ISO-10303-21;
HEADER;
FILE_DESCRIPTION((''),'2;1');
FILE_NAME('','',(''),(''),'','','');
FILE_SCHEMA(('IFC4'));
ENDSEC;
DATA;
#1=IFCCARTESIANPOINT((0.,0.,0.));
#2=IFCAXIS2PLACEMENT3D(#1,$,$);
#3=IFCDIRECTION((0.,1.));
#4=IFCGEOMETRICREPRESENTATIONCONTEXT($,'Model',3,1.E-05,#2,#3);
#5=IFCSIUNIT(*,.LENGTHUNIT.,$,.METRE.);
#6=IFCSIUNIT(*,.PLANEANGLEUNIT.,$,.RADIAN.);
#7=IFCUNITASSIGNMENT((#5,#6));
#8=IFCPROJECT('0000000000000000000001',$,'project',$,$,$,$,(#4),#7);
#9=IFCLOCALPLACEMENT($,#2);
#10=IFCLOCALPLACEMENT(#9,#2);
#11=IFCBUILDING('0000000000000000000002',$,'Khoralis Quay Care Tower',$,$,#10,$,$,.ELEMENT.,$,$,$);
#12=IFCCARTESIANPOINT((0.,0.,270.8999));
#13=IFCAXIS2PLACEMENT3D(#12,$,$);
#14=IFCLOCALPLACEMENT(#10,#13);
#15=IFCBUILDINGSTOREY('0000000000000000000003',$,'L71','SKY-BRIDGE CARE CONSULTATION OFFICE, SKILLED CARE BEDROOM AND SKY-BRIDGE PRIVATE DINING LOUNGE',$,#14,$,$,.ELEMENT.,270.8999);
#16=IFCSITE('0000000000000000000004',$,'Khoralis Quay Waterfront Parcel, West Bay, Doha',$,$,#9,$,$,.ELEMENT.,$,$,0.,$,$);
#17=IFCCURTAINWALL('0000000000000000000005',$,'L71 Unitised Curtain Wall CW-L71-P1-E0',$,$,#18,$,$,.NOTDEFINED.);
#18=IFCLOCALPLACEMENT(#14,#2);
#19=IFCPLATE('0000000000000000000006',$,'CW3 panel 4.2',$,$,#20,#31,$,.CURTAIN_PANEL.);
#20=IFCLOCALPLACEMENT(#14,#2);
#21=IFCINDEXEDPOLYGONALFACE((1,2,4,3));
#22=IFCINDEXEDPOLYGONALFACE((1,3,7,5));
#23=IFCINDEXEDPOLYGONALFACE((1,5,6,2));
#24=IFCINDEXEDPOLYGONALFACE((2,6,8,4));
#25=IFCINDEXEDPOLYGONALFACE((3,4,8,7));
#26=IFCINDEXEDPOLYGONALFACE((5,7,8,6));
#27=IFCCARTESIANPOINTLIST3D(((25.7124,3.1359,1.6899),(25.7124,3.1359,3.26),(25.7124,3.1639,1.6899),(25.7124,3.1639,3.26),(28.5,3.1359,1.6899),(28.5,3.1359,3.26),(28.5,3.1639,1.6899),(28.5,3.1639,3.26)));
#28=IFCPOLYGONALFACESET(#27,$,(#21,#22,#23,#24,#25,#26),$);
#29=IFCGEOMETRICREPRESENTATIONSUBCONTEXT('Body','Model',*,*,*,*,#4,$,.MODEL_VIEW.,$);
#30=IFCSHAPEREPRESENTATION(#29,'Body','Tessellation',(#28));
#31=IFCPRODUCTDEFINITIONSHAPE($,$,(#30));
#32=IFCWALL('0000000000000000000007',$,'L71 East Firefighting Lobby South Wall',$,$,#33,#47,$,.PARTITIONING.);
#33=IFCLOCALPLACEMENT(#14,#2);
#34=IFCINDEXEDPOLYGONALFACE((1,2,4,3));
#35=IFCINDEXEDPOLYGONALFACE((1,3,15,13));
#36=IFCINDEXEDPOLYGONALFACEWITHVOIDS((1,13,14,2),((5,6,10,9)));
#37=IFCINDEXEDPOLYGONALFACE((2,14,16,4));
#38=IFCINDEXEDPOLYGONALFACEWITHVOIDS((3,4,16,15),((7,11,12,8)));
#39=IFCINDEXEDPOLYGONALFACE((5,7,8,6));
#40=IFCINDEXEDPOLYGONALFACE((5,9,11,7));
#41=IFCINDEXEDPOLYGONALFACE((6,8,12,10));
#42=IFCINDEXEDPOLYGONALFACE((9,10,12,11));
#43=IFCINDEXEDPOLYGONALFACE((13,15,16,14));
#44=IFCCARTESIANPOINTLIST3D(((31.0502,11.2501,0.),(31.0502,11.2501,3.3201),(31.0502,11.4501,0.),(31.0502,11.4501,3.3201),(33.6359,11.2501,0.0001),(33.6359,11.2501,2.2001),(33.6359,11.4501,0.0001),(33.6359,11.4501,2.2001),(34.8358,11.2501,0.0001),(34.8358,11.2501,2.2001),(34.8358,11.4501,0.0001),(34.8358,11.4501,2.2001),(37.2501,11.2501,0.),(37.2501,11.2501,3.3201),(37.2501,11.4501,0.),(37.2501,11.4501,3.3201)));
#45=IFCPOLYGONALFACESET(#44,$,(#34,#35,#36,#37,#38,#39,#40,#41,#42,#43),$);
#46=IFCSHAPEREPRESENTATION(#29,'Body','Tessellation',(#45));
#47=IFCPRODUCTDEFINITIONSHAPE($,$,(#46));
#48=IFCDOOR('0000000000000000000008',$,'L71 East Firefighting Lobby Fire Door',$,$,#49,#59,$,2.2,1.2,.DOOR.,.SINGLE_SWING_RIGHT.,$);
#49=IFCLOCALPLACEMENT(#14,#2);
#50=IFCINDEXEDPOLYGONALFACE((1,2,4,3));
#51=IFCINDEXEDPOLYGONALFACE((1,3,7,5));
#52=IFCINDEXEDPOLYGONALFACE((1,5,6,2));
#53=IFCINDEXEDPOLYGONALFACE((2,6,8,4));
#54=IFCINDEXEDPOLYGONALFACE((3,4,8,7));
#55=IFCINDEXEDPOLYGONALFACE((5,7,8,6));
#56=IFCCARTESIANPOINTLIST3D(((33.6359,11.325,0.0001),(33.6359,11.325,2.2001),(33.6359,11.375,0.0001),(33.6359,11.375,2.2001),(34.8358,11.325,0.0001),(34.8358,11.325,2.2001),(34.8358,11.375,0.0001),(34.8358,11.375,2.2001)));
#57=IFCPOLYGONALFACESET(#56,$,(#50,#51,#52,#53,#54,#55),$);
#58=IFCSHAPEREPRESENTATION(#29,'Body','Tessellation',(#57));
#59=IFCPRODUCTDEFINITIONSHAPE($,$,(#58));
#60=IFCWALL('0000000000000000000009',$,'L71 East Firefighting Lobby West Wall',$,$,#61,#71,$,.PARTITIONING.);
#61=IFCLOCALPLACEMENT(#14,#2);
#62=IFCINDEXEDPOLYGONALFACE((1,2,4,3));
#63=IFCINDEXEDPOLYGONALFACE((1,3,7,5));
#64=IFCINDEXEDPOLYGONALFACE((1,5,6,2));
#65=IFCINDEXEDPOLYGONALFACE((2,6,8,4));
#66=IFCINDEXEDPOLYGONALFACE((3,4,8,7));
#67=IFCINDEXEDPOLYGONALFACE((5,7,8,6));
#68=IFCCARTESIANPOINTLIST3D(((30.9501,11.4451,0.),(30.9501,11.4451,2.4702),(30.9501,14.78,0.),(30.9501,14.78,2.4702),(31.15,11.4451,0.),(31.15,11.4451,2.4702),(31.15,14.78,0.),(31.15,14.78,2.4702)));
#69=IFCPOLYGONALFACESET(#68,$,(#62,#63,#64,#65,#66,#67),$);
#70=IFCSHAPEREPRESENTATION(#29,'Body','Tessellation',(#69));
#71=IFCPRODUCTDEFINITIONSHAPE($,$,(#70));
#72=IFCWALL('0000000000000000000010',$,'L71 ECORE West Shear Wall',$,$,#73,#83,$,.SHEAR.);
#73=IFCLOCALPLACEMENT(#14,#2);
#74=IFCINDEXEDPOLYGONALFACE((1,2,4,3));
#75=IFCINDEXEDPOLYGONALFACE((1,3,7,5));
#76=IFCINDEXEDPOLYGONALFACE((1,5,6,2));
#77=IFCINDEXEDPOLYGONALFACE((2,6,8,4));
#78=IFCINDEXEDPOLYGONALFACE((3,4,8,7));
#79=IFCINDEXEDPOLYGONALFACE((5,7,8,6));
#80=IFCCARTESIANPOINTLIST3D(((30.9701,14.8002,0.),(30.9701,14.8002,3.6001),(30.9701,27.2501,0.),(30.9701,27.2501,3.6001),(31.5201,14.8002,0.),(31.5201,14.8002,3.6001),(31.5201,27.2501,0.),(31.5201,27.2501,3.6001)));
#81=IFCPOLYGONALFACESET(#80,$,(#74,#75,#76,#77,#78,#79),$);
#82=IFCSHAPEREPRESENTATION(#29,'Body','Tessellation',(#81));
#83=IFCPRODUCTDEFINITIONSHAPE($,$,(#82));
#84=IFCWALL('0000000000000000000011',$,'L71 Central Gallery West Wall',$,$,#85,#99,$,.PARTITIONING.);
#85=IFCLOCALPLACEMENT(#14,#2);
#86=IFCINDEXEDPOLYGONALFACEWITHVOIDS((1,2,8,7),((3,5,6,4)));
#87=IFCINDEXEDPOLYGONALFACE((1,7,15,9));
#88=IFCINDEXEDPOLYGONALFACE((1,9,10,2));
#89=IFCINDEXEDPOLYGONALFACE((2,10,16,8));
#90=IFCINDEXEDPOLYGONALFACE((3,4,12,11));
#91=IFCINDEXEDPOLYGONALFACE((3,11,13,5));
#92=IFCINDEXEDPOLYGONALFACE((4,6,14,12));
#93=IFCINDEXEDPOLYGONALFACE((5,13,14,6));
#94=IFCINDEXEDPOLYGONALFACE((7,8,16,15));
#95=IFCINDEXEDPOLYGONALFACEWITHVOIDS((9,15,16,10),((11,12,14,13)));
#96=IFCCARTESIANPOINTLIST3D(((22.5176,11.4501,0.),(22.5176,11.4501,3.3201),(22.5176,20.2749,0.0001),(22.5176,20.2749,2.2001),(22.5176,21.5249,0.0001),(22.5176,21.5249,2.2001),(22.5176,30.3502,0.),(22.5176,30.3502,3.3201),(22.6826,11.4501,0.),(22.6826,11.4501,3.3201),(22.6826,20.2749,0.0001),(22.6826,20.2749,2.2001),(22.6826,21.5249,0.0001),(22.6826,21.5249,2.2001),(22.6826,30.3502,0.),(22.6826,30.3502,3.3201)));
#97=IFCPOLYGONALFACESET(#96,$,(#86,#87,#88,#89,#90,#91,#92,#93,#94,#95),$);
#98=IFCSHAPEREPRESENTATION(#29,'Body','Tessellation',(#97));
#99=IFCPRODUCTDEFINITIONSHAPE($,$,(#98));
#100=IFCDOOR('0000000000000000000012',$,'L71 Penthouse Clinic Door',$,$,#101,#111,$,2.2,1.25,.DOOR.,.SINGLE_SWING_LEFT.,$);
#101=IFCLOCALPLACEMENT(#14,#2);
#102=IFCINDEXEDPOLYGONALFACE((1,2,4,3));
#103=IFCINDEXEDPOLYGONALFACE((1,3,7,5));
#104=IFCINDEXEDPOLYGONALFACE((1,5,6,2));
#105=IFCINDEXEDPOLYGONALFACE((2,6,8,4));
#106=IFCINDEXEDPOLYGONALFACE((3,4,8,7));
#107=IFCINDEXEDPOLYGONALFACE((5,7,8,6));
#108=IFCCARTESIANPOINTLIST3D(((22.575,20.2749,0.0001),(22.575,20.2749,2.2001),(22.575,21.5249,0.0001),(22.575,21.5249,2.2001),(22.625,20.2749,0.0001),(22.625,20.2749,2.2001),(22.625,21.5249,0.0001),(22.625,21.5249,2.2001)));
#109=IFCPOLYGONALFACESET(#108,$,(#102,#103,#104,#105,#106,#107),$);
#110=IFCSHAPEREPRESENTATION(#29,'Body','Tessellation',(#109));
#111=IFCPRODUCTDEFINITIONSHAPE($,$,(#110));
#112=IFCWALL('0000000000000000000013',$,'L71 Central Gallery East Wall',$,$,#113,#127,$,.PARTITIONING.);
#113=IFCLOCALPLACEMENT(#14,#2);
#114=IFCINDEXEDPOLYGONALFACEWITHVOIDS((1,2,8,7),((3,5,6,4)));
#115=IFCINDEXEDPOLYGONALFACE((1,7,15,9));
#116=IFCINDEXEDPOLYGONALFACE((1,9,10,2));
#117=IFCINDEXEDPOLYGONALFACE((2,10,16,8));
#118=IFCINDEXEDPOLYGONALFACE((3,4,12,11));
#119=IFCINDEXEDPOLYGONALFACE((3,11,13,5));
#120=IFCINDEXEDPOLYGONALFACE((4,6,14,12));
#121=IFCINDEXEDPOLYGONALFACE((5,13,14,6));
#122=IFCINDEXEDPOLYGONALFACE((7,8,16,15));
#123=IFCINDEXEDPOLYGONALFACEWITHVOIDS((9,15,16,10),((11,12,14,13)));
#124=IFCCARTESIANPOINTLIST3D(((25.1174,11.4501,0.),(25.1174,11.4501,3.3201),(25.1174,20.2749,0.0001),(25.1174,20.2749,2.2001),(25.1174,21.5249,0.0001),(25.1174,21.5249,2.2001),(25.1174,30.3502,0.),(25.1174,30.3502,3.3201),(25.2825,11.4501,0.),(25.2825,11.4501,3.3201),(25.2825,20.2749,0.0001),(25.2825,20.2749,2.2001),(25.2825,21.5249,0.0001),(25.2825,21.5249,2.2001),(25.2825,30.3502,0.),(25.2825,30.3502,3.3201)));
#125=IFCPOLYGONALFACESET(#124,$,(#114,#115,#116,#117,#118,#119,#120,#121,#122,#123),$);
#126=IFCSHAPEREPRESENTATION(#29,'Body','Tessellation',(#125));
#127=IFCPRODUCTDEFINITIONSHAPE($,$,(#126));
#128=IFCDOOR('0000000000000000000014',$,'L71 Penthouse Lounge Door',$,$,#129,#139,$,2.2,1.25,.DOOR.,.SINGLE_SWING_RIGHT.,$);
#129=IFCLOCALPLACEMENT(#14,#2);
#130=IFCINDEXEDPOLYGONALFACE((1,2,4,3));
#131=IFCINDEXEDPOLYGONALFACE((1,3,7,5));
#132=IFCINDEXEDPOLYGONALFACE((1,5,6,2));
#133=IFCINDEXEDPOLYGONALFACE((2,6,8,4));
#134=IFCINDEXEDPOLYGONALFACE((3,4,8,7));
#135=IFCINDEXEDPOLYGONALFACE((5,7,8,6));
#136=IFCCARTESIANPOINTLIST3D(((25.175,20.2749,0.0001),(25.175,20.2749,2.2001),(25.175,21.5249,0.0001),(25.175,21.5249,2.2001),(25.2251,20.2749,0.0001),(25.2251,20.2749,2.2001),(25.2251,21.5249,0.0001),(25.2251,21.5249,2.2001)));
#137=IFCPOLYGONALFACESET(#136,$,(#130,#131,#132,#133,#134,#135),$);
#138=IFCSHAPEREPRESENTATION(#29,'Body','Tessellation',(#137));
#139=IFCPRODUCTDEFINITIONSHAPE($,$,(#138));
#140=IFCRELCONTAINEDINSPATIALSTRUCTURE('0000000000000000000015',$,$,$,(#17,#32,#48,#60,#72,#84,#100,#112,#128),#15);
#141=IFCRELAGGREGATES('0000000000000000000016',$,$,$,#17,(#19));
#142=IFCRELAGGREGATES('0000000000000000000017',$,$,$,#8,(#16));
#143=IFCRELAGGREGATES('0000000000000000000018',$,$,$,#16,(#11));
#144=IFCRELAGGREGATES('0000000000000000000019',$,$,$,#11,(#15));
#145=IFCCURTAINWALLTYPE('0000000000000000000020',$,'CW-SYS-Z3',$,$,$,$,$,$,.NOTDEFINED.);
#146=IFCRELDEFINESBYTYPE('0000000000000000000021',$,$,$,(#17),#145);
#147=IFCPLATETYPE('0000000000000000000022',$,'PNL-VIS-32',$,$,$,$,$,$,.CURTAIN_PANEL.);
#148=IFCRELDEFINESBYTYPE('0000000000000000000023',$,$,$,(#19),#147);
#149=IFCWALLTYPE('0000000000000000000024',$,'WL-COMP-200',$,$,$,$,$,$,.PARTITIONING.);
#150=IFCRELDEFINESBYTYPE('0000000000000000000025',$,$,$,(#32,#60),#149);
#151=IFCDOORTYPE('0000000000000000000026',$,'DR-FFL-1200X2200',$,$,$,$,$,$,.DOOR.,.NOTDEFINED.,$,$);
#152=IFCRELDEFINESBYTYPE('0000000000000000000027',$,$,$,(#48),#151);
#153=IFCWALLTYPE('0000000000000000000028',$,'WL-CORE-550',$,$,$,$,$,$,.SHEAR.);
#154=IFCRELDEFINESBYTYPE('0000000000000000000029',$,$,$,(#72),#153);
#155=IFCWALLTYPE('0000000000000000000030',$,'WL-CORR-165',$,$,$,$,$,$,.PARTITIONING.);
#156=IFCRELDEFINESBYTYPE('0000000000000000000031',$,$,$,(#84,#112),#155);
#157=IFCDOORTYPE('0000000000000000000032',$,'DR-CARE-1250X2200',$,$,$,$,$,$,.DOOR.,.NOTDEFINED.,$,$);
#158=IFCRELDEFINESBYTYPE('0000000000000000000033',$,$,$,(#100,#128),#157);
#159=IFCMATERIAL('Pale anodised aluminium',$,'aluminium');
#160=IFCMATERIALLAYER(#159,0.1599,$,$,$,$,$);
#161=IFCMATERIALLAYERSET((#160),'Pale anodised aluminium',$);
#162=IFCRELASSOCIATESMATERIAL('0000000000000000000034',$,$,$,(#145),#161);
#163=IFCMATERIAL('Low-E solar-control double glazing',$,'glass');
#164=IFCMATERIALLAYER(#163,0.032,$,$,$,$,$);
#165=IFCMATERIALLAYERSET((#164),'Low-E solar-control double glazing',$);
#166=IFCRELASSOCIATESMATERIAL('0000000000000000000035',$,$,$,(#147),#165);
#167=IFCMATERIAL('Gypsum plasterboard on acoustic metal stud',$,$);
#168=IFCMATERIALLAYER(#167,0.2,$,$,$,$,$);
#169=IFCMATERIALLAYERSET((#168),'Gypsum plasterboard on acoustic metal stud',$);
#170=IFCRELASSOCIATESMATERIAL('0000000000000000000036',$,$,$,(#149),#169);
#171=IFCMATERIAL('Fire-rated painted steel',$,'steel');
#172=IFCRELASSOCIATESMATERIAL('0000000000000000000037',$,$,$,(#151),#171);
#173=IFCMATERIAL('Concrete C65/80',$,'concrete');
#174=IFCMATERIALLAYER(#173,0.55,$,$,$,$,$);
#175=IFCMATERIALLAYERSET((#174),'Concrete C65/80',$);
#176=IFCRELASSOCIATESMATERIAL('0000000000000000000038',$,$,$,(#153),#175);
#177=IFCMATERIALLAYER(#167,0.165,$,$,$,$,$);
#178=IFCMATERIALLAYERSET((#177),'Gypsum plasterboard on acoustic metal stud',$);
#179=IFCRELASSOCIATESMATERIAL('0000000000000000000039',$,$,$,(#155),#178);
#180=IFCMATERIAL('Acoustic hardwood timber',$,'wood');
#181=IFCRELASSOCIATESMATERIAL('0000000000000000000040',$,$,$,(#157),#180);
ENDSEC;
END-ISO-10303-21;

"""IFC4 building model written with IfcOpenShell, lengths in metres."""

from ifc_helpers import new_model, si_unit, direction, frame, frame_2d, origin, origin_2d, place, context, subcontext, project, spatial, rectangle, extrude, source, transform, mapped, material, layer, layer_set, type_object, element, fill, aggregate, save


model = new_model("IFC4")

# Units and contexts
model_context = context("Model", 3, precision=1e-05, world=origin(), true_north=direction((0.0, 1.0)))
body_context = subcontext(model_context, "Body", "Model", "MODEL_VIEW")
ifc_project = project(units=[si_unit("LENGTHUNIT", "METRE"), si_unit("PLANEANGLEUNIT", "RADIAN")], contexts=[model_context])

# Site, building, storey
site_placement = place(None, origin())
site = spatial("IfcSite", under=ifc_project, at=site_placement, Name="Khoralis Quay Waterfront Parcel, West Bay, Doha", CompositionType="ELEMENT", RefElevation=0.0)
building_placement = place(site_placement, origin())
building = spatial("IfcBuilding", under=site, at=building_placement, Name="Khoralis Quay Care Tower", CompositionType="ELEMENT")
storey_placement = place(building_placement, frame((0.0, 0.0, 270.8999)))
storey = spatial("IfcBuildingStorey", under=building, at=storey_placement, Name="L71", Description="SKY-BRIDGE CARE CONSULTATION OFFICE, SKILLED CARE BEDROOM AND SKY-BRIDGE PRIVATE DINING LOUNGE", CompositionType="ELEMENT", Elevation=270.8999)

# Curtain wall
ifc_material_1 = material(Name="Pale anodised aluminium", Category="aluminium")
ifc_layer_1 = layer(ifc_material_1, 0.1599)
ifc_layer_set_1 = layer_set([ifc_layer_1], Name="Pale anodised aluminium")
curtain_wall_type = type_object("IfcCurtainWallType", Name="CW-SYS-Z3", PredefinedType="NOTDEFINED", material=ifc_layer_set_1)
curtain_wall_placement = place(storey_placement, origin())
curtain_wall = element("IfcCurtainWall", 1, at=curtain_wall_placement, inside=storey, type_object=curtain_wall_type, Name="L71 Unitised Curtain Wall CW-L71-P1-E0", PredefinedType="NOTDEFINED")

# Plate
ifc_material_2 = material(Name="Low-E solar-control double glazing", Category="glass")
ifc_layer_2 = layer(ifc_material_2, 0.032)
ifc_layer_set_2 = layer_set([ifc_layer_2], Name="Low-E solar-control double glazing")
plate_type = type_object("IfcPlateType", Name="PNL-VIS-32", PredefinedType="CURTAIN_PANEL", material=ifc_layer_set_2)
shared_shape_1 = source(origin(), body_context, "Body", "SweptSolid", [
    extrude(rectangle(XDim=2.7876, YDim=0.0281, at=origin_2d()), origin(), (0.0, 0.0, 1.0), 1.5701),
])
plate_1_placement = place(storey_placement, frame((27.1062, 3.1499, 1.6899), z_axis=(0.0, 0.0, 1.0), x_axis=(1.0, 0.0, 0.0)))
plate_1 = element("IfcPlate", 2, at=plate_1_placement, type_object=plate_type, Name="CW3 panel 4.2", PredefinedType="CURTAIN_PANEL", context=body_context, shape_type="MappedRepresentation", body=[
    mapped(shared_shape_1, transform((0.0, 0.0, 0.0), scale=1.0)),
])
aggregate(curtain_wall, [plate_1])

# Wall, opening, door
ifc_material_3 = material(Name="Gypsum plasterboard on acoustic metal stud")
ifc_layer_3 = layer(ifc_material_3, 0.2)
ifc_layer_set_3 = layer_set([ifc_layer_3], Name="Gypsum plasterboard on acoustic metal stud")
wall_type_1 = type_object("IfcWallType", Name="WL-COMP-200", PredefinedType="PARTITIONING", material=ifc_layer_set_3)
wall_1_placement = place(storey_placement, frame((31.05, 11.3501, 0.0), z_axis=(0.0, 0.0, 1.0), x_axis=(1.0, 0.0, 0.0)))
wall_1 = element("IfcWall", 3, at=wall_1_placement, inside=storey, type_object=wall_type_1, Name="L71 East Firefighting Lobby South Wall", PredefinedType="PARTITIONING", context=body_context, shape_type="SweptSolid", body=[
    extrude(rectangle(XDim=6.2, YDim=0.2, at=frame_2d((3.1001, 0.0))), origin(), (0.0, 0.0, 1.0), 3.3201),
])
opening_1_placement = place(wall_1_placement, frame((2.5857, 0.0, 0.0)))
opening_1 = element("IfcOpeningElement", 4, at=opening_1_placement, cuts=wall_1, PredefinedType="OPENING", context=body_context, shape_type="SweptSolid", body=[
    extrude(rectangle(XDim=1.2, YDim=2.2, at=frame_2d((0.6001, 1.1001))), frame((0.0, 0.1099, 0.0), z_axis=(0.0, -1.0, 0.0), x_axis=(1.0, 0.0, 0.0)), (0.0, 0.0, 1.0), 0.22),
])
ifc_material_4 = material(Name="Fire-rated painted steel", Category="steel")
door_type_1 = type_object("IfcDoorType", Name="DR-FFL-1200X2200", OperationType="NOTDEFINED", PredefinedType="DOOR", material=ifc_material_4)
shared_shape_2 = source(origin(), body_context, "Body", "SweptSolid", [
    extrude(rectangle(XDim=1.2, YDim=2.2, at=frame_2d((0.6001, 1.1001))), frame((0.0, 0.0249, 0.0), z_axis=(0.0, -1.0, 0.0), x_axis=(1.0, 0.0, 0.0)), (0.0, 0.0, 1.0), 0.05),
])
door_1_placement = place(opening_1_placement, origin())
door_1 = element("IfcDoor", 5, at=door_1_placement, inside=storey, type_object=door_type_1, Name="L71 East Firefighting Lobby Fire Door", OperationType="SINGLE_SWING_RIGHT", OverallHeight=2.2, OverallWidth=1.2, PredefinedType="DOOR", context=body_context, shape_type="MappedRepresentation", body=[
    mapped(shared_shape_2, transform((0.0, 0.0, 0.0), scale=1.0)),
])
fill(opening_1, door_1)

# Walls
wall_2_placement = place(storey_placement, frame((31.05, 11.4451, 0.0), z_axis=(0.0, 0.0, 1.0), x_axis=(0.0, 1.0, 0.0)))
element("IfcWall", 6, at=wall_2_placement, inside=storey, type_object=wall_type_1, Name="L71 East Firefighting Lobby West Wall", PredefinedType="PARTITIONING", context=body_context, shape_type="SweptSolid", body=[
    extrude(rectangle(XDim=3.335, YDim=0.2, at=frame_2d((1.6675, 0.0))), origin(), (0.0, 0.0, 1.0), 2.4702),
])
ifc_material_5 = material(Name="Concrete C65/80", Category="concrete")
ifc_layer_4 = layer(ifc_material_5, 0.55)
ifc_layer_set_4 = layer_set([ifc_layer_4], Name="Concrete C65/80")
wall_type_2 = type_object("IfcWallType", Name="WL-CORE-550", PredefinedType="SHEAR", material=ifc_layer_set_4)
wall_3_placement = place(storey_placement, frame((31.2451, 14.8, 0.0), z_axis=(0.0, 0.0, 1.0), x_axis=(0.0, 1.0, 0.0)))
element("IfcWall", 7, at=wall_3_placement, inside=storey, type_object=wall_type_2, Name="L71 ECORE West Shear Wall", PredefinedType="SHEAR", context=body_context, shape_type="SweptSolid", body=[
    extrude(rectangle(XDim=12.45, YDim=0.55, at=frame_2d((6.2251, 0.0))), origin(), (0.0, 0.0, 1.0), 3.6001),
])

# Walls, openings, doors
ifc_layer_5 = layer(ifc_material_3, 0.165)
ifc_layer_set_5 = layer_set([ifc_layer_5], Name="Gypsum plasterboard on acoustic metal stud")
wall_type_3 = type_object("IfcWallType", Name="WL-CORR-165", PredefinedType="PARTITIONING", material=ifc_layer_set_5)
wall_4_placement = place(storey_placement, frame((22.6001, 11.45, 0.0), z_axis=(0.0, 0.0, 1.0), x_axis=(0.0, 1.0, 0.0)))
wall_4 = element("IfcWall", 8, at=wall_4_placement, inside=storey, type_object=wall_type_3, Name="L71 Central Gallery West Wall", PredefinedType="PARTITIONING", context=body_context, shape_type="SweptSolid", body=[
    extrude(rectangle(XDim=18.9001, YDim=0.165, at=frame_2d((9.4502, 0.0))), origin(), (0.0, 0.0, 1.0), 3.3201),
])
opening_2_placement = place(wall_4_placement, frame((8.825, 0.0, 0.0)))
opening_2 = element("IfcOpeningElement", 9, at=opening_2_placement, cuts=wall_4, PredefinedType="OPENING", context=body_context, shape_type="SweptSolid", body=[
    extrude(rectangle(XDim=1.25, YDim=2.2, at=frame_2d((0.625, 1.1001))), frame((0.0, 0.0925, 0.0), z_axis=(0.0, -1.0, 0.0), x_axis=(1.0, 0.0, 0.0)), (0.0, 0.0, 1.0), 0.1851),
])
ifc_material_6 = material(Name="Acoustic hardwood timber", Category="wood")
door_type_2 = type_object("IfcDoorType", Name="DR-CARE-1250X2200", OperationType="NOTDEFINED", PredefinedType="DOOR", material=ifc_material_6)
shared_shape_3 = source(origin(), body_context, "Body", "SweptSolid", [
    extrude(rectangle(XDim=1.25, YDim=2.2, at=frame_2d((0.625, 1.1001))), frame((0.0, 0.0249, 0.0), z_axis=(0.0, -1.0, 0.0), x_axis=(1.0, 0.0, 0.0)), (0.0, 0.0, 1.0), 0.05),
])
door_2_placement = place(opening_2_placement, frame((1.25, 0.0, 0.0), z_axis=(0.0, 0.0, 1.0), x_axis=(-1.0, 0.0, 0.0)))
door_2 = element("IfcDoor", 10, at=door_2_placement, inside=storey, type_object=door_type_2, Name="L71 Penthouse Clinic Door", OperationType="SINGLE_SWING_LEFT", OverallHeight=2.2, OverallWidth=1.25, PredefinedType="DOOR", context=body_context, shape_type="MappedRepresentation", body=[
    mapped(shared_shape_3, transform((0.0, 0.0, 0.0), scale=1.0)),
])
fill(opening_2, door_2)
wall_5_placement = place(storey_placement, frame((25.2, 11.45, 0.0), z_axis=(0.0, 0.0, 1.0), x_axis=(0.0, 1.0, 0.0)))
wall_5 = element("IfcWall", 11, at=wall_5_placement, inside=storey, type_object=wall_type_3, Name="L71 Central Gallery East Wall", PredefinedType="PARTITIONING", context=body_context, shape_type="SweptSolid", body=[
    extrude(rectangle(XDim=18.9001, YDim=0.165, at=frame_2d((9.4502, 0.0))), origin(), (0.0, 0.0, 1.0), 3.3201),
])
opening_3_placement = place(wall_5_placement, frame((8.825, 0.0, 0.0)))
opening_3 = element("IfcOpeningElement", 12, at=opening_3_placement, cuts=wall_5, PredefinedType="OPENING", context=body_context, shape_type="SweptSolid", body=[
    extrude(rectangle(XDim=1.25, YDim=2.2, at=frame_2d((0.625, 1.1001))), frame((0.0, 0.0925, 0.0), z_axis=(0.0, -1.0, 0.0), x_axis=(1.0, 0.0, 0.0)), (0.0, 0.0, 1.0), 0.1851),
])
door_3_placement = place(opening_3_placement, origin())
door_3 = element("IfcDoor", 13, at=door_3_placement, inside=storey, type_object=door_type_2, Name="L71 Penthouse Lounge Door", OperationType="SINGLE_SWING_RIGHT", OverallHeight=2.2, OverallWidth=1.25, PredefinedType="DOOR", context=body_context, shape_type="MappedRepresentation", body=[
    mapped(shared_shape_3, transform((0.0, 0.0, 0.0), scale=1.0)),
])
fill(opening_3, door_3)

save(model, "model.ifc")
